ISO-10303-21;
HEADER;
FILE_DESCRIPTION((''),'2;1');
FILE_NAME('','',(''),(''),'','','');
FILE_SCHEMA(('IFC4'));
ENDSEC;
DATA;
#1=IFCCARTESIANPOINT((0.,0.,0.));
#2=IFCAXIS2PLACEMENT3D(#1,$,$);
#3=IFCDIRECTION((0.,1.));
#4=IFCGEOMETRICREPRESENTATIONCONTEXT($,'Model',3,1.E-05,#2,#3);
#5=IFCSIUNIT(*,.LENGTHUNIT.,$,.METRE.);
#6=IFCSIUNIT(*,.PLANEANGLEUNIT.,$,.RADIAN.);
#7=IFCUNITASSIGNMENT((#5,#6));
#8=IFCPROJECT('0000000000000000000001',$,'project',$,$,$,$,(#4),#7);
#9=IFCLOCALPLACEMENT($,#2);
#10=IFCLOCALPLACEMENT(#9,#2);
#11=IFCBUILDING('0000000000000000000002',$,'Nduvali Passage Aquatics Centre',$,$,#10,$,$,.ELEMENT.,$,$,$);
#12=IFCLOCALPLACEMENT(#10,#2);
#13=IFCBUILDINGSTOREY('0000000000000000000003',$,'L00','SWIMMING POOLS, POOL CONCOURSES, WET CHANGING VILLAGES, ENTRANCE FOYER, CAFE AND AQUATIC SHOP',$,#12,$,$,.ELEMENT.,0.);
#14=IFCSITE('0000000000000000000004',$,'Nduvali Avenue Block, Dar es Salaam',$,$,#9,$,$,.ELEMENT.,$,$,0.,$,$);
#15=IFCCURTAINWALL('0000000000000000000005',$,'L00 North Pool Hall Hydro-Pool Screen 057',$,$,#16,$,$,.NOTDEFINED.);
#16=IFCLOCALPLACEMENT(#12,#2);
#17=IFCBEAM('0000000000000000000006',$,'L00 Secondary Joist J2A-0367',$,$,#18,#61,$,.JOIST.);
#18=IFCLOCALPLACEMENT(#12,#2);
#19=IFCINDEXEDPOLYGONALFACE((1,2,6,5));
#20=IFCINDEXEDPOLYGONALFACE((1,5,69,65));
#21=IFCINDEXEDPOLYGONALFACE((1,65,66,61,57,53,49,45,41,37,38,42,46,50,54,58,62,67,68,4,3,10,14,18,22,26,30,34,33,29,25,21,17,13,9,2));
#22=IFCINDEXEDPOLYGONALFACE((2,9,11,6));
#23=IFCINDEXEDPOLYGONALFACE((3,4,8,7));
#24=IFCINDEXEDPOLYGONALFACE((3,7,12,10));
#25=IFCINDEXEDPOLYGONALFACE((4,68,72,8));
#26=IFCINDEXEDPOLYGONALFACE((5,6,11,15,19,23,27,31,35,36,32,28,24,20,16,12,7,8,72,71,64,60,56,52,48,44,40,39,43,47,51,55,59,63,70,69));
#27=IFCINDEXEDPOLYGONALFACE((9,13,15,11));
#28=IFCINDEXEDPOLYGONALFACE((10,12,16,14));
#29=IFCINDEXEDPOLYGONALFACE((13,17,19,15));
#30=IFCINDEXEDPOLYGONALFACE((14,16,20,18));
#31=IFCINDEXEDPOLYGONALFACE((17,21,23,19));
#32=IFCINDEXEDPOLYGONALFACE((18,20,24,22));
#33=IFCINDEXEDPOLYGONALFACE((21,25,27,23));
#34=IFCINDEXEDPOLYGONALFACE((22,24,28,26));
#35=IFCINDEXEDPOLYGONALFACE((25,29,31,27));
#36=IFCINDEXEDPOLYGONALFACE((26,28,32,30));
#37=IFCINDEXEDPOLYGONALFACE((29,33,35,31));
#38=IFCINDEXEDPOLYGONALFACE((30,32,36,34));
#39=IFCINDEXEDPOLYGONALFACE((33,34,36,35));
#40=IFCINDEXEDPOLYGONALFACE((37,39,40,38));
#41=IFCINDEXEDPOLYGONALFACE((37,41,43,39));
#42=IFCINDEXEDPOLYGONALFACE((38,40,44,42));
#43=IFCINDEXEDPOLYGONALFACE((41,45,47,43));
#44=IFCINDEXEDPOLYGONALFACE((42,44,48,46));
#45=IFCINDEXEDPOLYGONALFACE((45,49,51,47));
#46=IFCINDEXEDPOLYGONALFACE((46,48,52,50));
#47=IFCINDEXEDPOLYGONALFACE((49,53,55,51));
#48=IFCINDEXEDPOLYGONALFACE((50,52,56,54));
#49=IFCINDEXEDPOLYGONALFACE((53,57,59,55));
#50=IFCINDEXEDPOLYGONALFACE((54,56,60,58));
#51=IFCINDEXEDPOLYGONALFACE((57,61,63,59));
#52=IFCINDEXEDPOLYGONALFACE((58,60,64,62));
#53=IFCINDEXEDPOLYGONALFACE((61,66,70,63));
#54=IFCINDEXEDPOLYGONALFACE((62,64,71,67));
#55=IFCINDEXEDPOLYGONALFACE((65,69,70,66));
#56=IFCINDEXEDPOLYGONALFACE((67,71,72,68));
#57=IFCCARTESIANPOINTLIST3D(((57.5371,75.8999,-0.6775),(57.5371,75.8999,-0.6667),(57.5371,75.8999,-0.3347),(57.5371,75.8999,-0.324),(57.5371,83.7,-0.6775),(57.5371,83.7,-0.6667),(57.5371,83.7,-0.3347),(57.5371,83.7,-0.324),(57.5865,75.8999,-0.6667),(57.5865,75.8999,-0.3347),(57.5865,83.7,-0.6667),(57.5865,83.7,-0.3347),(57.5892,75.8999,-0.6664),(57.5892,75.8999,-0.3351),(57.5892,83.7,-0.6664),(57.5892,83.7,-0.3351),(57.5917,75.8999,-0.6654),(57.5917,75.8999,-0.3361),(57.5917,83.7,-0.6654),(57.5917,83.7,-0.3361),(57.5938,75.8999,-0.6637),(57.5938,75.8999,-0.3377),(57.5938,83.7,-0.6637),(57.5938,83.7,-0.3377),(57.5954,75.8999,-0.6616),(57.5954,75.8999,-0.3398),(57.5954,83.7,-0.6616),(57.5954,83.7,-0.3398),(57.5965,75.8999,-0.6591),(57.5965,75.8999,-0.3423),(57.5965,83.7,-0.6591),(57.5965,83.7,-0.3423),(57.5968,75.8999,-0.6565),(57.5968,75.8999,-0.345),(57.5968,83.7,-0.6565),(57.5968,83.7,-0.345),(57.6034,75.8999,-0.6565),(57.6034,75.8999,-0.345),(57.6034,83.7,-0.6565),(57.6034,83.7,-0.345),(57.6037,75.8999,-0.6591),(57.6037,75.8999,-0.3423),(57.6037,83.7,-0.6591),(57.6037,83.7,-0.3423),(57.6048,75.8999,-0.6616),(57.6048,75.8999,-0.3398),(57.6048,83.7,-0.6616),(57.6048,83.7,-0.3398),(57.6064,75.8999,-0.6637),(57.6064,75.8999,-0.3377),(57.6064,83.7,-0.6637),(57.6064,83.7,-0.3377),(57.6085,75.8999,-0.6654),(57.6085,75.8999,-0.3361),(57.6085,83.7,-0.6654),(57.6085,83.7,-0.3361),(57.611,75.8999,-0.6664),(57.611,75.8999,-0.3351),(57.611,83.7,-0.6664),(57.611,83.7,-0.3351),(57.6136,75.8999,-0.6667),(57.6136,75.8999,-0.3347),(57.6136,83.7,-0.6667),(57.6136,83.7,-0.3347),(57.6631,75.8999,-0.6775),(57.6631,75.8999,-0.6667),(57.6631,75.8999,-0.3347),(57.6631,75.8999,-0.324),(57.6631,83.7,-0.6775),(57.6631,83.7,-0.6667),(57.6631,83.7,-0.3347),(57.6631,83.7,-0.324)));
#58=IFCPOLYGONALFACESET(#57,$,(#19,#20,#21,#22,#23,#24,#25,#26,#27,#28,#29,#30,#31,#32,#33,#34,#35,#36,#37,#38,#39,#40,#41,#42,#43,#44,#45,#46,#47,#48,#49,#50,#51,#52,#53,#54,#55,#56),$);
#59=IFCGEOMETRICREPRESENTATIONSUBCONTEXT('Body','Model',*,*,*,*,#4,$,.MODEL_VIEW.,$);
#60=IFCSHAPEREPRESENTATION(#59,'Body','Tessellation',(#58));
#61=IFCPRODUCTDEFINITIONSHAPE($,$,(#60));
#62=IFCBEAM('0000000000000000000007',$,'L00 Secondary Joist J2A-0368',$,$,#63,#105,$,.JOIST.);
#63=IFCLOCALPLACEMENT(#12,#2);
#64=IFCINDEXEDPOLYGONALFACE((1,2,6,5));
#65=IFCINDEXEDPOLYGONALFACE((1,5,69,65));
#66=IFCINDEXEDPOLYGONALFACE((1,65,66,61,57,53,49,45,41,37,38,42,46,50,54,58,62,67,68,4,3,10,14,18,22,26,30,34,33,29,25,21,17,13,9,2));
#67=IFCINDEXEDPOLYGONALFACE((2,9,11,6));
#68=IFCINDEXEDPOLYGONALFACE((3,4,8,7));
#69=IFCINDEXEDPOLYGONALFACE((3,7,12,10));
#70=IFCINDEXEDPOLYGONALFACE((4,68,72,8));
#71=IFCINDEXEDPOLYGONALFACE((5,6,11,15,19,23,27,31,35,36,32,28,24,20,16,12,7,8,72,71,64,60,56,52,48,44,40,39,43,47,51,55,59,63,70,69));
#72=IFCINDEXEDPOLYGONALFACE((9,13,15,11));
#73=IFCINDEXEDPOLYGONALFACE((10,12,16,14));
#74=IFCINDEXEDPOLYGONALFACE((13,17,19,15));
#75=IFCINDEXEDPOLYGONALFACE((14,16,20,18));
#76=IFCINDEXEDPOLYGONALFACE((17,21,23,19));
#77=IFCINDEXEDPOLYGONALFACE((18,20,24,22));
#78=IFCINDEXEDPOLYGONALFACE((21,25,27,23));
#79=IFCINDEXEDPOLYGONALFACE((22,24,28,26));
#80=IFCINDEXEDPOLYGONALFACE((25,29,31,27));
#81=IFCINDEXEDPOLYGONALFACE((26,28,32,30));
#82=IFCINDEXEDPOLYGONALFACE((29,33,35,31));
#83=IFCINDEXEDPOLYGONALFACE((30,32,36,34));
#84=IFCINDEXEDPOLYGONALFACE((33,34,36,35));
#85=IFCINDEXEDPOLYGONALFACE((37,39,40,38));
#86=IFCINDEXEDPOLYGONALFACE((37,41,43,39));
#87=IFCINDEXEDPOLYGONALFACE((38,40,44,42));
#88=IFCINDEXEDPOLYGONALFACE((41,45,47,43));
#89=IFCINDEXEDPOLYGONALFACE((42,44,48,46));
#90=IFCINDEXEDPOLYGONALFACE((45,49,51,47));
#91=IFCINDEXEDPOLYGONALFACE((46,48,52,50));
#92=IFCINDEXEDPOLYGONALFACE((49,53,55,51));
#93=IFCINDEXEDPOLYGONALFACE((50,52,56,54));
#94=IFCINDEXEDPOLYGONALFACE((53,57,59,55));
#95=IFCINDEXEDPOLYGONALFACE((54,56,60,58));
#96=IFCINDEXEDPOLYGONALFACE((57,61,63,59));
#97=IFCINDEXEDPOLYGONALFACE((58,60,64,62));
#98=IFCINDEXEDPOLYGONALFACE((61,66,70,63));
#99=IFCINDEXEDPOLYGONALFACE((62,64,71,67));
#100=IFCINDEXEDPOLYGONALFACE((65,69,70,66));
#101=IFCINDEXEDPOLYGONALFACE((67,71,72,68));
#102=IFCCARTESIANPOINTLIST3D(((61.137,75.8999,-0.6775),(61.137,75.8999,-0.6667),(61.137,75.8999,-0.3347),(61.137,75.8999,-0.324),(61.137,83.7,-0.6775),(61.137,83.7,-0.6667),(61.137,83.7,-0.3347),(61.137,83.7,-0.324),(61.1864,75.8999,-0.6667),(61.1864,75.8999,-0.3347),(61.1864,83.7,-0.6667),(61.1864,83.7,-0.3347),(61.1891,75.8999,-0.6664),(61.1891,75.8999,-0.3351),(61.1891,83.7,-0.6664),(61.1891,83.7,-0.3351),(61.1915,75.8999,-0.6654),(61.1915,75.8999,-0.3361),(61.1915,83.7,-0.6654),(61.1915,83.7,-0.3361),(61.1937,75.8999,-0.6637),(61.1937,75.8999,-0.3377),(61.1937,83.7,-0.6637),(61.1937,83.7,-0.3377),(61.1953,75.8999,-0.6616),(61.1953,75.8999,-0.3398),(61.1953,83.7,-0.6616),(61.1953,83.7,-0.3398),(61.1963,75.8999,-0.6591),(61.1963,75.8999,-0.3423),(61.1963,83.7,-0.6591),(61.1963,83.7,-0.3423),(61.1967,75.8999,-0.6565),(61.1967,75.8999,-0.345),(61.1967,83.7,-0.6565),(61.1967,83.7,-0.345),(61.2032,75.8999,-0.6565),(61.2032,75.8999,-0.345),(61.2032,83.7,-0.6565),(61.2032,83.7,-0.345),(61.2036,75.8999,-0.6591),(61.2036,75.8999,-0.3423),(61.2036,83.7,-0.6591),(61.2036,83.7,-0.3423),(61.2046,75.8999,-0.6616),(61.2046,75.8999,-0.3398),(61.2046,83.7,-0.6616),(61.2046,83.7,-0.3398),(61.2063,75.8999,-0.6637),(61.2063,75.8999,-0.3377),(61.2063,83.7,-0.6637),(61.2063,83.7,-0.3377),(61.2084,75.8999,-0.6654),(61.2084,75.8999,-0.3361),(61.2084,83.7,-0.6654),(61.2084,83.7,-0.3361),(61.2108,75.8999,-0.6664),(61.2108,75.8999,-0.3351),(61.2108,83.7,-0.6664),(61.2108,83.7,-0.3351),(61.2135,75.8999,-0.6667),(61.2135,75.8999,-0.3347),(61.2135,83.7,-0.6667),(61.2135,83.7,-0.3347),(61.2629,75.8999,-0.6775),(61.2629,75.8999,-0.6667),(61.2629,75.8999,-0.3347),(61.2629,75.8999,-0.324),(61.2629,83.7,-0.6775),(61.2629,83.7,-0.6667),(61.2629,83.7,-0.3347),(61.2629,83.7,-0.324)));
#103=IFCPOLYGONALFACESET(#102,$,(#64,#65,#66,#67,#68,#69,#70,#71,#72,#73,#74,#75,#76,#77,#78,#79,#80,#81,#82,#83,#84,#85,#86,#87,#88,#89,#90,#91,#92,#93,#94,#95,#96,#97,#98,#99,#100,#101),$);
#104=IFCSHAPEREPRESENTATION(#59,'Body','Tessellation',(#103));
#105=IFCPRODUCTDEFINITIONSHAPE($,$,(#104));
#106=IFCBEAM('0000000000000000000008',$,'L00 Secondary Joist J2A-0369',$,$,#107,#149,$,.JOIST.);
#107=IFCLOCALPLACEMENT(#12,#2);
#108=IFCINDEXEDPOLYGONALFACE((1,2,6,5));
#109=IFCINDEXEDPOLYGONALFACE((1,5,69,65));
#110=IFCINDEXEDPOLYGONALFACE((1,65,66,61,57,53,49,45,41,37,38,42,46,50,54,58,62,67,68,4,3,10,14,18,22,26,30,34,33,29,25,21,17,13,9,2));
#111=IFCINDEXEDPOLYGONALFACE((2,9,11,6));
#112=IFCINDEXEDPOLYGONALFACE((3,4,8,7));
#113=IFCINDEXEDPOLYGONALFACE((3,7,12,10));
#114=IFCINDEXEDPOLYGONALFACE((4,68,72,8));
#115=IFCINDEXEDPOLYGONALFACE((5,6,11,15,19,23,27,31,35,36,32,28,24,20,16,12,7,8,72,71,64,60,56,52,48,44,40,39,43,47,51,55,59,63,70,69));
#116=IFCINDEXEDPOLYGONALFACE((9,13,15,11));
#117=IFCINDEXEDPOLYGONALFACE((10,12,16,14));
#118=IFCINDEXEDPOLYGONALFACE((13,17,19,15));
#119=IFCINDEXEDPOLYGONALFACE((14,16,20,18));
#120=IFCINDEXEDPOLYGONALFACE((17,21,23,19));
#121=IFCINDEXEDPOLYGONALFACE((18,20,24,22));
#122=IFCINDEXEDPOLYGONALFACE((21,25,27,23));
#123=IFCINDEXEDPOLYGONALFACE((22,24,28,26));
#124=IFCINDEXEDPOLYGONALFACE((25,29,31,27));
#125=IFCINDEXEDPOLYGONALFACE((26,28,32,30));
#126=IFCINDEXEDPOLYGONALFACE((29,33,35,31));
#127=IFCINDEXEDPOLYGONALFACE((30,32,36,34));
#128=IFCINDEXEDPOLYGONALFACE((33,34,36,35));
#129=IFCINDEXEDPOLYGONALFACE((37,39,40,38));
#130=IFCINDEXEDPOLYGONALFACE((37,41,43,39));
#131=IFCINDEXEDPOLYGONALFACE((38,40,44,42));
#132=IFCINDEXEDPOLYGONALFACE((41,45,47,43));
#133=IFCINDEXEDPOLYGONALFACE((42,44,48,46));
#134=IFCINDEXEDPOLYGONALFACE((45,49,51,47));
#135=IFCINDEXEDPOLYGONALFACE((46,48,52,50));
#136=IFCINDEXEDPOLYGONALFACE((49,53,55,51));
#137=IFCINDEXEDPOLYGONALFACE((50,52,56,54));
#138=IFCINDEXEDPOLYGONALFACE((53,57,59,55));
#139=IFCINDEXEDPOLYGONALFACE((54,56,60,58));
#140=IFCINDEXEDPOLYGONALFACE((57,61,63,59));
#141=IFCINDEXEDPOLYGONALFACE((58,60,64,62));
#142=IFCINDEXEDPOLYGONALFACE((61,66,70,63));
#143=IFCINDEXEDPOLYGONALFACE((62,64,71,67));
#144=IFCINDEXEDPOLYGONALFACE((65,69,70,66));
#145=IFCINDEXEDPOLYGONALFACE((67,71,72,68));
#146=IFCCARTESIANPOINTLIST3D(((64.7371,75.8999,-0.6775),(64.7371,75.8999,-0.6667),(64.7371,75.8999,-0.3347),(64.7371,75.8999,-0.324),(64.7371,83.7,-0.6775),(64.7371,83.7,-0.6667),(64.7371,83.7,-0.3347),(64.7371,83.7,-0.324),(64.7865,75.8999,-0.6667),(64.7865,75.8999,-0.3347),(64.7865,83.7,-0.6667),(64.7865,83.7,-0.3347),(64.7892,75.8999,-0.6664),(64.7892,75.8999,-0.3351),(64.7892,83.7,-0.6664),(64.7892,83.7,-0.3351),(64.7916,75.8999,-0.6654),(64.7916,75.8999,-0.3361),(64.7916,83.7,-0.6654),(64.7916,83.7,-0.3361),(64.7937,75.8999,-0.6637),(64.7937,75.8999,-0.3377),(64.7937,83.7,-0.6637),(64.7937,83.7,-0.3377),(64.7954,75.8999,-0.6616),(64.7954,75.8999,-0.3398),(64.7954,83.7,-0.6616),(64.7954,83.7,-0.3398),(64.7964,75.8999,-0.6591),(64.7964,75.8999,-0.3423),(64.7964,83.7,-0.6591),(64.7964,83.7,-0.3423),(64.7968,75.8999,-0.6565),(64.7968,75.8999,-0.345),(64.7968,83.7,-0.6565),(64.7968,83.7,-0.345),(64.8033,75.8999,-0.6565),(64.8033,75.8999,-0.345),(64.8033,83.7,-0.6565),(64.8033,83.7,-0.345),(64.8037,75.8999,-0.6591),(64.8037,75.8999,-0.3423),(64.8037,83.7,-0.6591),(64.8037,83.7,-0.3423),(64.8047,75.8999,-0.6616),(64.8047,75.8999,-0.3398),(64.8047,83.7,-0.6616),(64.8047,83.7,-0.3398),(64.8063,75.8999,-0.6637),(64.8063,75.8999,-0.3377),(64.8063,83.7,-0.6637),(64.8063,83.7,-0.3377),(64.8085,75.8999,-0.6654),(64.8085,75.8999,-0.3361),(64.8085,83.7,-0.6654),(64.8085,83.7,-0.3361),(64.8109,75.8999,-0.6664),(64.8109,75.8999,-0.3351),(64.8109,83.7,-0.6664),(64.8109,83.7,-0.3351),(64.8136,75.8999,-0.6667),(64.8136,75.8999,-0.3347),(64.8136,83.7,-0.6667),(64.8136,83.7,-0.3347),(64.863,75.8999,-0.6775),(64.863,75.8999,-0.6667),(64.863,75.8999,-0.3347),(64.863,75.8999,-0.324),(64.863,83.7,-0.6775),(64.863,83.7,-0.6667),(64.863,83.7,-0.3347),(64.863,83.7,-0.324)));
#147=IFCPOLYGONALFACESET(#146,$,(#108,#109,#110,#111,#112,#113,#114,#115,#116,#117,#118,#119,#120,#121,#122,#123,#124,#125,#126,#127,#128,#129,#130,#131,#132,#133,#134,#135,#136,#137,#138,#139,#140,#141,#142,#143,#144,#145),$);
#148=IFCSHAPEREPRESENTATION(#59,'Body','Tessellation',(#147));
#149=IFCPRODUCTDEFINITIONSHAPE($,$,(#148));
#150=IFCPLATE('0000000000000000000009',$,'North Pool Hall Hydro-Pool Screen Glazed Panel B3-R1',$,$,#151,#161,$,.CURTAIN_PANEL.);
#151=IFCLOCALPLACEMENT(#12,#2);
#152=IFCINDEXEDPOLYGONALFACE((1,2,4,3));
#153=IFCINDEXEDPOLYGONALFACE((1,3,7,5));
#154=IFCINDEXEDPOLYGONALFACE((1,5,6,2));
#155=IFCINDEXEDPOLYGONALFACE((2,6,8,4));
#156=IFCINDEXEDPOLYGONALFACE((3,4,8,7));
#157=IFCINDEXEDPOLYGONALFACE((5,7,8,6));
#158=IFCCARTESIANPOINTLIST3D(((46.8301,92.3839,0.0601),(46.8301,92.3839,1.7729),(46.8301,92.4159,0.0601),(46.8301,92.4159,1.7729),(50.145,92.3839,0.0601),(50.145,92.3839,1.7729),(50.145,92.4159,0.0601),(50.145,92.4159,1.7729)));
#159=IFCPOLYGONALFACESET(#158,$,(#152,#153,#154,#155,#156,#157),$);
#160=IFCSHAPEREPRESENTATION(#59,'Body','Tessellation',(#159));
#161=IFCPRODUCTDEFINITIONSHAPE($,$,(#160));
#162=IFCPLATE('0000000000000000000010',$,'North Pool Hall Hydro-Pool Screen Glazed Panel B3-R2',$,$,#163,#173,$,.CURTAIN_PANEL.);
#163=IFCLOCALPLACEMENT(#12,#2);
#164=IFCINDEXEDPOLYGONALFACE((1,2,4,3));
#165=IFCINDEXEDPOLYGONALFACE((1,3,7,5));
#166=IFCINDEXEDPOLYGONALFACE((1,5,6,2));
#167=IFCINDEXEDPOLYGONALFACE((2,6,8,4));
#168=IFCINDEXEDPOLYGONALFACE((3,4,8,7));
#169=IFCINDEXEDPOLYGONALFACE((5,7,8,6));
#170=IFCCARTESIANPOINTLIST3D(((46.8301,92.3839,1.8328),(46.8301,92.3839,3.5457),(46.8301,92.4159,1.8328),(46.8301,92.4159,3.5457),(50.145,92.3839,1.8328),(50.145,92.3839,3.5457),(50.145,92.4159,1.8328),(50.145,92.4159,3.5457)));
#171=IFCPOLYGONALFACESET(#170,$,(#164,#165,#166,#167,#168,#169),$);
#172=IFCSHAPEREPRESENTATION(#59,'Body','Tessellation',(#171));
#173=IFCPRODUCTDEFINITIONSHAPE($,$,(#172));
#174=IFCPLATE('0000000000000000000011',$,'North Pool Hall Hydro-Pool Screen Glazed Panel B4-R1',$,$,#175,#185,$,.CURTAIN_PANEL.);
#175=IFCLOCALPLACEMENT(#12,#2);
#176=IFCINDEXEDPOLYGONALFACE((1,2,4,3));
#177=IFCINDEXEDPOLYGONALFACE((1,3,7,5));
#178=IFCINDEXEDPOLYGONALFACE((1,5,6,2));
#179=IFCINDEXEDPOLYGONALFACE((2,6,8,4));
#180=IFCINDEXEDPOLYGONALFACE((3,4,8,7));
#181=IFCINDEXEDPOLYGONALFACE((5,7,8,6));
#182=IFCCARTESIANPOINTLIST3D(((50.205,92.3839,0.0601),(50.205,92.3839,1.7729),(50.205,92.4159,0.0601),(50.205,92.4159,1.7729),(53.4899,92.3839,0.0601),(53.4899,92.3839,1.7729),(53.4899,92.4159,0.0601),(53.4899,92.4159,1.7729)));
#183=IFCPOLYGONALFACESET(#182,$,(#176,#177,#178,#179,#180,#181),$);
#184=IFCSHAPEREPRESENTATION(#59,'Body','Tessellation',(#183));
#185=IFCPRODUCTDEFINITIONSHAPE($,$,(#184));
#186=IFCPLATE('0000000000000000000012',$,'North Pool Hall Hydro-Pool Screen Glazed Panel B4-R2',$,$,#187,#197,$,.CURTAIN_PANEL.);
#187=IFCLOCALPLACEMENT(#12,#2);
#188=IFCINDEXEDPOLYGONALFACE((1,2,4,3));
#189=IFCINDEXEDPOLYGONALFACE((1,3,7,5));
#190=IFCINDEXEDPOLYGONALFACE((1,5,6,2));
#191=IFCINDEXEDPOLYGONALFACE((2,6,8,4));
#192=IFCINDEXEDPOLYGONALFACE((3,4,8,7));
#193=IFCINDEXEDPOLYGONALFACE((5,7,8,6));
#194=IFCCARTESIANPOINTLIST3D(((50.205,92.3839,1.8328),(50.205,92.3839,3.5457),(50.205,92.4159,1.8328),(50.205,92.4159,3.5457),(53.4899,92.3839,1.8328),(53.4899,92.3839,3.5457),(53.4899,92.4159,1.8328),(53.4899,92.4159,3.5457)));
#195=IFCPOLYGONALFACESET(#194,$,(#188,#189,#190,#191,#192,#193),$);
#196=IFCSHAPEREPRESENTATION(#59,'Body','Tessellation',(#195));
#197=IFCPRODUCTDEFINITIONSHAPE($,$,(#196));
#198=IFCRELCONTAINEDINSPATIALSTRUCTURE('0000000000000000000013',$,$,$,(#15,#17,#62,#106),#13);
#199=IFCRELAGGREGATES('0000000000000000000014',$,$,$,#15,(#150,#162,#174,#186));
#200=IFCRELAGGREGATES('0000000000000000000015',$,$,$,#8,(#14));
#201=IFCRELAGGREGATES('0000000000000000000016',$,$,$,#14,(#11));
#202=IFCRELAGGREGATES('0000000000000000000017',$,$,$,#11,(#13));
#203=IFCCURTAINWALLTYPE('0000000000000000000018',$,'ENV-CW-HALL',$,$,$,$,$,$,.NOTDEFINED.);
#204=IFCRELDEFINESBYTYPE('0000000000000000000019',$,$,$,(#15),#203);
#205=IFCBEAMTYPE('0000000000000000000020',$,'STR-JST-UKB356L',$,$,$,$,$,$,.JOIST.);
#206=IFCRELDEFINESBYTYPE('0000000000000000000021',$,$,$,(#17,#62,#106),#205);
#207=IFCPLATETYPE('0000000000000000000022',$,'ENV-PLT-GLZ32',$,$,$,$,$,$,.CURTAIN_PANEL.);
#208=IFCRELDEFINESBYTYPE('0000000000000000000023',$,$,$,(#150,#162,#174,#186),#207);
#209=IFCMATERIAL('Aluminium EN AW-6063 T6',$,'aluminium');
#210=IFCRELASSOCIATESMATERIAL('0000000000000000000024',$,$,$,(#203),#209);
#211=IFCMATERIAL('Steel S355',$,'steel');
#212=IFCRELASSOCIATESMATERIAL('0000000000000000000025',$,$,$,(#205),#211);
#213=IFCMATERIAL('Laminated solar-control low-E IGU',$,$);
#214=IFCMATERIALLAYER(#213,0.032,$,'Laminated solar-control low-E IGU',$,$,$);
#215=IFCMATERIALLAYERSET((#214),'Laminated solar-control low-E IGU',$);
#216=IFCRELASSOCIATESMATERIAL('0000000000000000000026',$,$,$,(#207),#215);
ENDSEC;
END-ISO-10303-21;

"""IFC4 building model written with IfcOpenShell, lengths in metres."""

from ifc_helpers import new_model, si_unit, direction, frame, origin, origin_2d, place, context, subcontext, project, spatial, rectangle, i_section, extrude, material, layer, layer_set, material_profile, profile_set, type_object, element, aggregate, save


model = new_model("IFC4")

# Units and contexts
model_context = context("Model", 3, precision=1e-05, world=origin(), true_north=direction((0.0, 1.0)))
body_context = subcontext(model_context, "Body", "Model", "MODEL_VIEW")
ifc_project = project(units=[si_unit("LENGTHUNIT", "METRE"), si_unit("PLANEANGLEUNIT", "RADIAN")], contexts=[model_context])

# Site, building, storey
site_placement = place(None, origin())
site = spatial("IfcSite", under=ifc_project, at=site_placement, Name="Nduvali Avenue Block, Dar es Salaam", CompositionType="ELEMENT", RefElevation=0.0)
building_placement = place(site_placement, origin())
building = spatial("IfcBuilding", under=site, at=building_placement, Name="Nduvali Passage Aquatics Centre", CompositionType="ELEMENT")
storey_placement = place(building_placement, origin())
storey = spatial("IfcBuildingStorey", under=building, at=storey_placement, Name="L00", Description="SWIMMING POOLS, POOL CONCOURSES, WET CHANGING VILLAGES, ENTRANCE FOYER, CAFE AND AQUATIC SHOP", CompositionType="ELEMENT", Elevation=0.0)

# Curtain wall
ifc_material_1 = material(Name="Aluminium EN AW-6063 T6", Category="aluminium")
curtain_wall_type = type_object("IfcCurtainWallType", Name="ENV-CW-HALL", PredefinedType="NOTDEFINED", material=ifc_material_1)
curtain_wall_1_placement = place(storey_placement, origin())
curtain_wall_1 = element("IfcCurtainWall", 1, at=curtain_wall_1_placement, inside=storey, type_object=curtain_wall_type, Name="L00 North Pool Hall Hydro-Pool Screen 057", PredefinedType="NOTDEFINED")

# Beams
ifc_material_2 = material(Name="Steel S355", Category="steel")
ifc_material_profile_1 = material_profile(ifc_material_2, i_section(OverallWidth=0.126, OverallDepth=0.3535, WebThickness=0.0066, FlangeThickness=0.0107, FilletRadius=0.0103, at=origin_2d()), Name="UKB 356x127x39")
ifc_profile_set_1 = profile_set([ifc_material_profile_1], Name="Steel S355")
beam_type_1 = type_object("IfcBeamType", Name="STR-JST-UKB356L", PredefinedType="JOIST", material=ifc_profile_set_1)
for number, where, z_axis, x_axis, name in (
    (2, (57.6001, 75.8999, -0.5007), (0.0, 1.0, 0.0), (-1.0, 0.0, 0.0), "L00 Secondary Joist J2A-0367"),
    (3, (61.2, 75.8999, -0.5007), (0.0, 1.0, 0.0), (-1.0, 0.0, 0.0), "L00 Secondary Joist J2A-0368"),
    (4, (64.8, 75.8999, -0.5007), (0.0, 1.0, 0.0), (-1.0, 0.0, 0.0), "L00 Secondary Joist J2A-0369"),
):
    element("IfcBeam", number, at=place(storey_placement, frame(where, z_axis=z_axis, x_axis=x_axis)), inside=storey, type_object=beam_type_1, Name=name, PredefinedType="JOIST", context=body_context, shape_type="SweptSolid", body=[
        extrude(i_section(OverallWidth=0.126, OverallDepth=0.3535, WebThickness=0.0066, FlangeThickness=0.0107, FilletRadius=0.0103, at=origin_2d()), origin(), (0.0, 0.0, 1.0), 7.8),
    ])

# Plates
ifc_material_3 = material(Name="Laminated solar-control low-E IGU")
ifc_layer = layer(ifc_material_3, 0.032, Name="Laminated solar-control low-E IGU")
ifc_layer_set = layer_set([ifc_layer], Name="Laminated solar-control low-E IGU")
plate_type = type_object("IfcPlateType", Name="ENV-PLT-GLZ32", PredefinedType="CURTAIN_PANEL", material=ifc_layer_set)
plate_1_placement = place(storey_placement, frame((48.4875, 92.3999, 0.0601), z_axis=(0.0, 0.0, 1.0), x_axis=(1.0, 0.0, 0.0)))
plate_1 = element("IfcPlate", 5, at=plate_1_placement, type_object=plate_type, Name="North Pool Hall Hydro-Pool Screen Glazed Panel B3-R1", PredefinedType="CURTAIN_PANEL", context=body_context, shape_type="SweptSolid", body=[
    extrude(rectangle(XDim=3.3149, YDim=0.032, at=origin_2d()), origin(), (0.0, 0.0, 1.0), 1.7129),
])
plate_2_placement = place(storey_placement, frame((48.4875, 92.3999, 1.8328), z_axis=(0.0, 0.0, 1.0), x_axis=(1.0, 0.0, 0.0)))
plate_2 = element("IfcPlate", 6, at=plate_2_placement, type_object=plate_type, Name="North Pool Hall Hydro-Pool Screen Glazed Panel B3-R2", PredefinedType="CURTAIN_PANEL", context=body_context, shape_type="SweptSolid", body=[
    extrude(rectangle(XDim=3.3149, YDim=0.032, at=origin_2d()), origin(), (0.0, 0.0, 1.0), 1.7129),
])
plate_3_placement = place(storey_placement, frame((51.8474, 92.3999, 0.0601), z_axis=(0.0, 0.0, 1.0), x_axis=(1.0, 0.0, 0.0)))
plate_3 = element("IfcPlate", 7, at=plate_3_placement, type_object=plate_type, Name="North Pool Hall Hydro-Pool Screen Glazed Panel B4-R1", PredefinedType="CURTAIN_PANEL", context=body_context, shape_type="SweptSolid", body=[
    extrude(rectangle(XDim=3.2849, YDim=0.032, at=origin_2d()), origin(), (0.0, 0.0, 1.0), 1.7129),
])
plate_4_placement = place(storey_placement, frame((51.8474, 92.3999, 1.8328), z_axis=(0.0, 0.0, 1.0), x_axis=(1.0, 0.0, 0.0)))
plate_4 = element("IfcPlate", 8, at=plate_4_placement, type_object=plate_type, Name="North Pool Hall Hydro-Pool Screen Glazed Panel B4-R2", PredefinedType="CURTAIN_PANEL", context=body_context, shape_type="SweptSolid", body=[
    extrude(rectangle(XDim=3.2849, YDim=0.032, at=origin_2d()), origin(), (0.0, 0.0, 1.0), 1.7129),
])
aggregate(curtain_wall_1, [plate_1, plate_2, plate_3, plate_4])

save(model, "model.ifc")
